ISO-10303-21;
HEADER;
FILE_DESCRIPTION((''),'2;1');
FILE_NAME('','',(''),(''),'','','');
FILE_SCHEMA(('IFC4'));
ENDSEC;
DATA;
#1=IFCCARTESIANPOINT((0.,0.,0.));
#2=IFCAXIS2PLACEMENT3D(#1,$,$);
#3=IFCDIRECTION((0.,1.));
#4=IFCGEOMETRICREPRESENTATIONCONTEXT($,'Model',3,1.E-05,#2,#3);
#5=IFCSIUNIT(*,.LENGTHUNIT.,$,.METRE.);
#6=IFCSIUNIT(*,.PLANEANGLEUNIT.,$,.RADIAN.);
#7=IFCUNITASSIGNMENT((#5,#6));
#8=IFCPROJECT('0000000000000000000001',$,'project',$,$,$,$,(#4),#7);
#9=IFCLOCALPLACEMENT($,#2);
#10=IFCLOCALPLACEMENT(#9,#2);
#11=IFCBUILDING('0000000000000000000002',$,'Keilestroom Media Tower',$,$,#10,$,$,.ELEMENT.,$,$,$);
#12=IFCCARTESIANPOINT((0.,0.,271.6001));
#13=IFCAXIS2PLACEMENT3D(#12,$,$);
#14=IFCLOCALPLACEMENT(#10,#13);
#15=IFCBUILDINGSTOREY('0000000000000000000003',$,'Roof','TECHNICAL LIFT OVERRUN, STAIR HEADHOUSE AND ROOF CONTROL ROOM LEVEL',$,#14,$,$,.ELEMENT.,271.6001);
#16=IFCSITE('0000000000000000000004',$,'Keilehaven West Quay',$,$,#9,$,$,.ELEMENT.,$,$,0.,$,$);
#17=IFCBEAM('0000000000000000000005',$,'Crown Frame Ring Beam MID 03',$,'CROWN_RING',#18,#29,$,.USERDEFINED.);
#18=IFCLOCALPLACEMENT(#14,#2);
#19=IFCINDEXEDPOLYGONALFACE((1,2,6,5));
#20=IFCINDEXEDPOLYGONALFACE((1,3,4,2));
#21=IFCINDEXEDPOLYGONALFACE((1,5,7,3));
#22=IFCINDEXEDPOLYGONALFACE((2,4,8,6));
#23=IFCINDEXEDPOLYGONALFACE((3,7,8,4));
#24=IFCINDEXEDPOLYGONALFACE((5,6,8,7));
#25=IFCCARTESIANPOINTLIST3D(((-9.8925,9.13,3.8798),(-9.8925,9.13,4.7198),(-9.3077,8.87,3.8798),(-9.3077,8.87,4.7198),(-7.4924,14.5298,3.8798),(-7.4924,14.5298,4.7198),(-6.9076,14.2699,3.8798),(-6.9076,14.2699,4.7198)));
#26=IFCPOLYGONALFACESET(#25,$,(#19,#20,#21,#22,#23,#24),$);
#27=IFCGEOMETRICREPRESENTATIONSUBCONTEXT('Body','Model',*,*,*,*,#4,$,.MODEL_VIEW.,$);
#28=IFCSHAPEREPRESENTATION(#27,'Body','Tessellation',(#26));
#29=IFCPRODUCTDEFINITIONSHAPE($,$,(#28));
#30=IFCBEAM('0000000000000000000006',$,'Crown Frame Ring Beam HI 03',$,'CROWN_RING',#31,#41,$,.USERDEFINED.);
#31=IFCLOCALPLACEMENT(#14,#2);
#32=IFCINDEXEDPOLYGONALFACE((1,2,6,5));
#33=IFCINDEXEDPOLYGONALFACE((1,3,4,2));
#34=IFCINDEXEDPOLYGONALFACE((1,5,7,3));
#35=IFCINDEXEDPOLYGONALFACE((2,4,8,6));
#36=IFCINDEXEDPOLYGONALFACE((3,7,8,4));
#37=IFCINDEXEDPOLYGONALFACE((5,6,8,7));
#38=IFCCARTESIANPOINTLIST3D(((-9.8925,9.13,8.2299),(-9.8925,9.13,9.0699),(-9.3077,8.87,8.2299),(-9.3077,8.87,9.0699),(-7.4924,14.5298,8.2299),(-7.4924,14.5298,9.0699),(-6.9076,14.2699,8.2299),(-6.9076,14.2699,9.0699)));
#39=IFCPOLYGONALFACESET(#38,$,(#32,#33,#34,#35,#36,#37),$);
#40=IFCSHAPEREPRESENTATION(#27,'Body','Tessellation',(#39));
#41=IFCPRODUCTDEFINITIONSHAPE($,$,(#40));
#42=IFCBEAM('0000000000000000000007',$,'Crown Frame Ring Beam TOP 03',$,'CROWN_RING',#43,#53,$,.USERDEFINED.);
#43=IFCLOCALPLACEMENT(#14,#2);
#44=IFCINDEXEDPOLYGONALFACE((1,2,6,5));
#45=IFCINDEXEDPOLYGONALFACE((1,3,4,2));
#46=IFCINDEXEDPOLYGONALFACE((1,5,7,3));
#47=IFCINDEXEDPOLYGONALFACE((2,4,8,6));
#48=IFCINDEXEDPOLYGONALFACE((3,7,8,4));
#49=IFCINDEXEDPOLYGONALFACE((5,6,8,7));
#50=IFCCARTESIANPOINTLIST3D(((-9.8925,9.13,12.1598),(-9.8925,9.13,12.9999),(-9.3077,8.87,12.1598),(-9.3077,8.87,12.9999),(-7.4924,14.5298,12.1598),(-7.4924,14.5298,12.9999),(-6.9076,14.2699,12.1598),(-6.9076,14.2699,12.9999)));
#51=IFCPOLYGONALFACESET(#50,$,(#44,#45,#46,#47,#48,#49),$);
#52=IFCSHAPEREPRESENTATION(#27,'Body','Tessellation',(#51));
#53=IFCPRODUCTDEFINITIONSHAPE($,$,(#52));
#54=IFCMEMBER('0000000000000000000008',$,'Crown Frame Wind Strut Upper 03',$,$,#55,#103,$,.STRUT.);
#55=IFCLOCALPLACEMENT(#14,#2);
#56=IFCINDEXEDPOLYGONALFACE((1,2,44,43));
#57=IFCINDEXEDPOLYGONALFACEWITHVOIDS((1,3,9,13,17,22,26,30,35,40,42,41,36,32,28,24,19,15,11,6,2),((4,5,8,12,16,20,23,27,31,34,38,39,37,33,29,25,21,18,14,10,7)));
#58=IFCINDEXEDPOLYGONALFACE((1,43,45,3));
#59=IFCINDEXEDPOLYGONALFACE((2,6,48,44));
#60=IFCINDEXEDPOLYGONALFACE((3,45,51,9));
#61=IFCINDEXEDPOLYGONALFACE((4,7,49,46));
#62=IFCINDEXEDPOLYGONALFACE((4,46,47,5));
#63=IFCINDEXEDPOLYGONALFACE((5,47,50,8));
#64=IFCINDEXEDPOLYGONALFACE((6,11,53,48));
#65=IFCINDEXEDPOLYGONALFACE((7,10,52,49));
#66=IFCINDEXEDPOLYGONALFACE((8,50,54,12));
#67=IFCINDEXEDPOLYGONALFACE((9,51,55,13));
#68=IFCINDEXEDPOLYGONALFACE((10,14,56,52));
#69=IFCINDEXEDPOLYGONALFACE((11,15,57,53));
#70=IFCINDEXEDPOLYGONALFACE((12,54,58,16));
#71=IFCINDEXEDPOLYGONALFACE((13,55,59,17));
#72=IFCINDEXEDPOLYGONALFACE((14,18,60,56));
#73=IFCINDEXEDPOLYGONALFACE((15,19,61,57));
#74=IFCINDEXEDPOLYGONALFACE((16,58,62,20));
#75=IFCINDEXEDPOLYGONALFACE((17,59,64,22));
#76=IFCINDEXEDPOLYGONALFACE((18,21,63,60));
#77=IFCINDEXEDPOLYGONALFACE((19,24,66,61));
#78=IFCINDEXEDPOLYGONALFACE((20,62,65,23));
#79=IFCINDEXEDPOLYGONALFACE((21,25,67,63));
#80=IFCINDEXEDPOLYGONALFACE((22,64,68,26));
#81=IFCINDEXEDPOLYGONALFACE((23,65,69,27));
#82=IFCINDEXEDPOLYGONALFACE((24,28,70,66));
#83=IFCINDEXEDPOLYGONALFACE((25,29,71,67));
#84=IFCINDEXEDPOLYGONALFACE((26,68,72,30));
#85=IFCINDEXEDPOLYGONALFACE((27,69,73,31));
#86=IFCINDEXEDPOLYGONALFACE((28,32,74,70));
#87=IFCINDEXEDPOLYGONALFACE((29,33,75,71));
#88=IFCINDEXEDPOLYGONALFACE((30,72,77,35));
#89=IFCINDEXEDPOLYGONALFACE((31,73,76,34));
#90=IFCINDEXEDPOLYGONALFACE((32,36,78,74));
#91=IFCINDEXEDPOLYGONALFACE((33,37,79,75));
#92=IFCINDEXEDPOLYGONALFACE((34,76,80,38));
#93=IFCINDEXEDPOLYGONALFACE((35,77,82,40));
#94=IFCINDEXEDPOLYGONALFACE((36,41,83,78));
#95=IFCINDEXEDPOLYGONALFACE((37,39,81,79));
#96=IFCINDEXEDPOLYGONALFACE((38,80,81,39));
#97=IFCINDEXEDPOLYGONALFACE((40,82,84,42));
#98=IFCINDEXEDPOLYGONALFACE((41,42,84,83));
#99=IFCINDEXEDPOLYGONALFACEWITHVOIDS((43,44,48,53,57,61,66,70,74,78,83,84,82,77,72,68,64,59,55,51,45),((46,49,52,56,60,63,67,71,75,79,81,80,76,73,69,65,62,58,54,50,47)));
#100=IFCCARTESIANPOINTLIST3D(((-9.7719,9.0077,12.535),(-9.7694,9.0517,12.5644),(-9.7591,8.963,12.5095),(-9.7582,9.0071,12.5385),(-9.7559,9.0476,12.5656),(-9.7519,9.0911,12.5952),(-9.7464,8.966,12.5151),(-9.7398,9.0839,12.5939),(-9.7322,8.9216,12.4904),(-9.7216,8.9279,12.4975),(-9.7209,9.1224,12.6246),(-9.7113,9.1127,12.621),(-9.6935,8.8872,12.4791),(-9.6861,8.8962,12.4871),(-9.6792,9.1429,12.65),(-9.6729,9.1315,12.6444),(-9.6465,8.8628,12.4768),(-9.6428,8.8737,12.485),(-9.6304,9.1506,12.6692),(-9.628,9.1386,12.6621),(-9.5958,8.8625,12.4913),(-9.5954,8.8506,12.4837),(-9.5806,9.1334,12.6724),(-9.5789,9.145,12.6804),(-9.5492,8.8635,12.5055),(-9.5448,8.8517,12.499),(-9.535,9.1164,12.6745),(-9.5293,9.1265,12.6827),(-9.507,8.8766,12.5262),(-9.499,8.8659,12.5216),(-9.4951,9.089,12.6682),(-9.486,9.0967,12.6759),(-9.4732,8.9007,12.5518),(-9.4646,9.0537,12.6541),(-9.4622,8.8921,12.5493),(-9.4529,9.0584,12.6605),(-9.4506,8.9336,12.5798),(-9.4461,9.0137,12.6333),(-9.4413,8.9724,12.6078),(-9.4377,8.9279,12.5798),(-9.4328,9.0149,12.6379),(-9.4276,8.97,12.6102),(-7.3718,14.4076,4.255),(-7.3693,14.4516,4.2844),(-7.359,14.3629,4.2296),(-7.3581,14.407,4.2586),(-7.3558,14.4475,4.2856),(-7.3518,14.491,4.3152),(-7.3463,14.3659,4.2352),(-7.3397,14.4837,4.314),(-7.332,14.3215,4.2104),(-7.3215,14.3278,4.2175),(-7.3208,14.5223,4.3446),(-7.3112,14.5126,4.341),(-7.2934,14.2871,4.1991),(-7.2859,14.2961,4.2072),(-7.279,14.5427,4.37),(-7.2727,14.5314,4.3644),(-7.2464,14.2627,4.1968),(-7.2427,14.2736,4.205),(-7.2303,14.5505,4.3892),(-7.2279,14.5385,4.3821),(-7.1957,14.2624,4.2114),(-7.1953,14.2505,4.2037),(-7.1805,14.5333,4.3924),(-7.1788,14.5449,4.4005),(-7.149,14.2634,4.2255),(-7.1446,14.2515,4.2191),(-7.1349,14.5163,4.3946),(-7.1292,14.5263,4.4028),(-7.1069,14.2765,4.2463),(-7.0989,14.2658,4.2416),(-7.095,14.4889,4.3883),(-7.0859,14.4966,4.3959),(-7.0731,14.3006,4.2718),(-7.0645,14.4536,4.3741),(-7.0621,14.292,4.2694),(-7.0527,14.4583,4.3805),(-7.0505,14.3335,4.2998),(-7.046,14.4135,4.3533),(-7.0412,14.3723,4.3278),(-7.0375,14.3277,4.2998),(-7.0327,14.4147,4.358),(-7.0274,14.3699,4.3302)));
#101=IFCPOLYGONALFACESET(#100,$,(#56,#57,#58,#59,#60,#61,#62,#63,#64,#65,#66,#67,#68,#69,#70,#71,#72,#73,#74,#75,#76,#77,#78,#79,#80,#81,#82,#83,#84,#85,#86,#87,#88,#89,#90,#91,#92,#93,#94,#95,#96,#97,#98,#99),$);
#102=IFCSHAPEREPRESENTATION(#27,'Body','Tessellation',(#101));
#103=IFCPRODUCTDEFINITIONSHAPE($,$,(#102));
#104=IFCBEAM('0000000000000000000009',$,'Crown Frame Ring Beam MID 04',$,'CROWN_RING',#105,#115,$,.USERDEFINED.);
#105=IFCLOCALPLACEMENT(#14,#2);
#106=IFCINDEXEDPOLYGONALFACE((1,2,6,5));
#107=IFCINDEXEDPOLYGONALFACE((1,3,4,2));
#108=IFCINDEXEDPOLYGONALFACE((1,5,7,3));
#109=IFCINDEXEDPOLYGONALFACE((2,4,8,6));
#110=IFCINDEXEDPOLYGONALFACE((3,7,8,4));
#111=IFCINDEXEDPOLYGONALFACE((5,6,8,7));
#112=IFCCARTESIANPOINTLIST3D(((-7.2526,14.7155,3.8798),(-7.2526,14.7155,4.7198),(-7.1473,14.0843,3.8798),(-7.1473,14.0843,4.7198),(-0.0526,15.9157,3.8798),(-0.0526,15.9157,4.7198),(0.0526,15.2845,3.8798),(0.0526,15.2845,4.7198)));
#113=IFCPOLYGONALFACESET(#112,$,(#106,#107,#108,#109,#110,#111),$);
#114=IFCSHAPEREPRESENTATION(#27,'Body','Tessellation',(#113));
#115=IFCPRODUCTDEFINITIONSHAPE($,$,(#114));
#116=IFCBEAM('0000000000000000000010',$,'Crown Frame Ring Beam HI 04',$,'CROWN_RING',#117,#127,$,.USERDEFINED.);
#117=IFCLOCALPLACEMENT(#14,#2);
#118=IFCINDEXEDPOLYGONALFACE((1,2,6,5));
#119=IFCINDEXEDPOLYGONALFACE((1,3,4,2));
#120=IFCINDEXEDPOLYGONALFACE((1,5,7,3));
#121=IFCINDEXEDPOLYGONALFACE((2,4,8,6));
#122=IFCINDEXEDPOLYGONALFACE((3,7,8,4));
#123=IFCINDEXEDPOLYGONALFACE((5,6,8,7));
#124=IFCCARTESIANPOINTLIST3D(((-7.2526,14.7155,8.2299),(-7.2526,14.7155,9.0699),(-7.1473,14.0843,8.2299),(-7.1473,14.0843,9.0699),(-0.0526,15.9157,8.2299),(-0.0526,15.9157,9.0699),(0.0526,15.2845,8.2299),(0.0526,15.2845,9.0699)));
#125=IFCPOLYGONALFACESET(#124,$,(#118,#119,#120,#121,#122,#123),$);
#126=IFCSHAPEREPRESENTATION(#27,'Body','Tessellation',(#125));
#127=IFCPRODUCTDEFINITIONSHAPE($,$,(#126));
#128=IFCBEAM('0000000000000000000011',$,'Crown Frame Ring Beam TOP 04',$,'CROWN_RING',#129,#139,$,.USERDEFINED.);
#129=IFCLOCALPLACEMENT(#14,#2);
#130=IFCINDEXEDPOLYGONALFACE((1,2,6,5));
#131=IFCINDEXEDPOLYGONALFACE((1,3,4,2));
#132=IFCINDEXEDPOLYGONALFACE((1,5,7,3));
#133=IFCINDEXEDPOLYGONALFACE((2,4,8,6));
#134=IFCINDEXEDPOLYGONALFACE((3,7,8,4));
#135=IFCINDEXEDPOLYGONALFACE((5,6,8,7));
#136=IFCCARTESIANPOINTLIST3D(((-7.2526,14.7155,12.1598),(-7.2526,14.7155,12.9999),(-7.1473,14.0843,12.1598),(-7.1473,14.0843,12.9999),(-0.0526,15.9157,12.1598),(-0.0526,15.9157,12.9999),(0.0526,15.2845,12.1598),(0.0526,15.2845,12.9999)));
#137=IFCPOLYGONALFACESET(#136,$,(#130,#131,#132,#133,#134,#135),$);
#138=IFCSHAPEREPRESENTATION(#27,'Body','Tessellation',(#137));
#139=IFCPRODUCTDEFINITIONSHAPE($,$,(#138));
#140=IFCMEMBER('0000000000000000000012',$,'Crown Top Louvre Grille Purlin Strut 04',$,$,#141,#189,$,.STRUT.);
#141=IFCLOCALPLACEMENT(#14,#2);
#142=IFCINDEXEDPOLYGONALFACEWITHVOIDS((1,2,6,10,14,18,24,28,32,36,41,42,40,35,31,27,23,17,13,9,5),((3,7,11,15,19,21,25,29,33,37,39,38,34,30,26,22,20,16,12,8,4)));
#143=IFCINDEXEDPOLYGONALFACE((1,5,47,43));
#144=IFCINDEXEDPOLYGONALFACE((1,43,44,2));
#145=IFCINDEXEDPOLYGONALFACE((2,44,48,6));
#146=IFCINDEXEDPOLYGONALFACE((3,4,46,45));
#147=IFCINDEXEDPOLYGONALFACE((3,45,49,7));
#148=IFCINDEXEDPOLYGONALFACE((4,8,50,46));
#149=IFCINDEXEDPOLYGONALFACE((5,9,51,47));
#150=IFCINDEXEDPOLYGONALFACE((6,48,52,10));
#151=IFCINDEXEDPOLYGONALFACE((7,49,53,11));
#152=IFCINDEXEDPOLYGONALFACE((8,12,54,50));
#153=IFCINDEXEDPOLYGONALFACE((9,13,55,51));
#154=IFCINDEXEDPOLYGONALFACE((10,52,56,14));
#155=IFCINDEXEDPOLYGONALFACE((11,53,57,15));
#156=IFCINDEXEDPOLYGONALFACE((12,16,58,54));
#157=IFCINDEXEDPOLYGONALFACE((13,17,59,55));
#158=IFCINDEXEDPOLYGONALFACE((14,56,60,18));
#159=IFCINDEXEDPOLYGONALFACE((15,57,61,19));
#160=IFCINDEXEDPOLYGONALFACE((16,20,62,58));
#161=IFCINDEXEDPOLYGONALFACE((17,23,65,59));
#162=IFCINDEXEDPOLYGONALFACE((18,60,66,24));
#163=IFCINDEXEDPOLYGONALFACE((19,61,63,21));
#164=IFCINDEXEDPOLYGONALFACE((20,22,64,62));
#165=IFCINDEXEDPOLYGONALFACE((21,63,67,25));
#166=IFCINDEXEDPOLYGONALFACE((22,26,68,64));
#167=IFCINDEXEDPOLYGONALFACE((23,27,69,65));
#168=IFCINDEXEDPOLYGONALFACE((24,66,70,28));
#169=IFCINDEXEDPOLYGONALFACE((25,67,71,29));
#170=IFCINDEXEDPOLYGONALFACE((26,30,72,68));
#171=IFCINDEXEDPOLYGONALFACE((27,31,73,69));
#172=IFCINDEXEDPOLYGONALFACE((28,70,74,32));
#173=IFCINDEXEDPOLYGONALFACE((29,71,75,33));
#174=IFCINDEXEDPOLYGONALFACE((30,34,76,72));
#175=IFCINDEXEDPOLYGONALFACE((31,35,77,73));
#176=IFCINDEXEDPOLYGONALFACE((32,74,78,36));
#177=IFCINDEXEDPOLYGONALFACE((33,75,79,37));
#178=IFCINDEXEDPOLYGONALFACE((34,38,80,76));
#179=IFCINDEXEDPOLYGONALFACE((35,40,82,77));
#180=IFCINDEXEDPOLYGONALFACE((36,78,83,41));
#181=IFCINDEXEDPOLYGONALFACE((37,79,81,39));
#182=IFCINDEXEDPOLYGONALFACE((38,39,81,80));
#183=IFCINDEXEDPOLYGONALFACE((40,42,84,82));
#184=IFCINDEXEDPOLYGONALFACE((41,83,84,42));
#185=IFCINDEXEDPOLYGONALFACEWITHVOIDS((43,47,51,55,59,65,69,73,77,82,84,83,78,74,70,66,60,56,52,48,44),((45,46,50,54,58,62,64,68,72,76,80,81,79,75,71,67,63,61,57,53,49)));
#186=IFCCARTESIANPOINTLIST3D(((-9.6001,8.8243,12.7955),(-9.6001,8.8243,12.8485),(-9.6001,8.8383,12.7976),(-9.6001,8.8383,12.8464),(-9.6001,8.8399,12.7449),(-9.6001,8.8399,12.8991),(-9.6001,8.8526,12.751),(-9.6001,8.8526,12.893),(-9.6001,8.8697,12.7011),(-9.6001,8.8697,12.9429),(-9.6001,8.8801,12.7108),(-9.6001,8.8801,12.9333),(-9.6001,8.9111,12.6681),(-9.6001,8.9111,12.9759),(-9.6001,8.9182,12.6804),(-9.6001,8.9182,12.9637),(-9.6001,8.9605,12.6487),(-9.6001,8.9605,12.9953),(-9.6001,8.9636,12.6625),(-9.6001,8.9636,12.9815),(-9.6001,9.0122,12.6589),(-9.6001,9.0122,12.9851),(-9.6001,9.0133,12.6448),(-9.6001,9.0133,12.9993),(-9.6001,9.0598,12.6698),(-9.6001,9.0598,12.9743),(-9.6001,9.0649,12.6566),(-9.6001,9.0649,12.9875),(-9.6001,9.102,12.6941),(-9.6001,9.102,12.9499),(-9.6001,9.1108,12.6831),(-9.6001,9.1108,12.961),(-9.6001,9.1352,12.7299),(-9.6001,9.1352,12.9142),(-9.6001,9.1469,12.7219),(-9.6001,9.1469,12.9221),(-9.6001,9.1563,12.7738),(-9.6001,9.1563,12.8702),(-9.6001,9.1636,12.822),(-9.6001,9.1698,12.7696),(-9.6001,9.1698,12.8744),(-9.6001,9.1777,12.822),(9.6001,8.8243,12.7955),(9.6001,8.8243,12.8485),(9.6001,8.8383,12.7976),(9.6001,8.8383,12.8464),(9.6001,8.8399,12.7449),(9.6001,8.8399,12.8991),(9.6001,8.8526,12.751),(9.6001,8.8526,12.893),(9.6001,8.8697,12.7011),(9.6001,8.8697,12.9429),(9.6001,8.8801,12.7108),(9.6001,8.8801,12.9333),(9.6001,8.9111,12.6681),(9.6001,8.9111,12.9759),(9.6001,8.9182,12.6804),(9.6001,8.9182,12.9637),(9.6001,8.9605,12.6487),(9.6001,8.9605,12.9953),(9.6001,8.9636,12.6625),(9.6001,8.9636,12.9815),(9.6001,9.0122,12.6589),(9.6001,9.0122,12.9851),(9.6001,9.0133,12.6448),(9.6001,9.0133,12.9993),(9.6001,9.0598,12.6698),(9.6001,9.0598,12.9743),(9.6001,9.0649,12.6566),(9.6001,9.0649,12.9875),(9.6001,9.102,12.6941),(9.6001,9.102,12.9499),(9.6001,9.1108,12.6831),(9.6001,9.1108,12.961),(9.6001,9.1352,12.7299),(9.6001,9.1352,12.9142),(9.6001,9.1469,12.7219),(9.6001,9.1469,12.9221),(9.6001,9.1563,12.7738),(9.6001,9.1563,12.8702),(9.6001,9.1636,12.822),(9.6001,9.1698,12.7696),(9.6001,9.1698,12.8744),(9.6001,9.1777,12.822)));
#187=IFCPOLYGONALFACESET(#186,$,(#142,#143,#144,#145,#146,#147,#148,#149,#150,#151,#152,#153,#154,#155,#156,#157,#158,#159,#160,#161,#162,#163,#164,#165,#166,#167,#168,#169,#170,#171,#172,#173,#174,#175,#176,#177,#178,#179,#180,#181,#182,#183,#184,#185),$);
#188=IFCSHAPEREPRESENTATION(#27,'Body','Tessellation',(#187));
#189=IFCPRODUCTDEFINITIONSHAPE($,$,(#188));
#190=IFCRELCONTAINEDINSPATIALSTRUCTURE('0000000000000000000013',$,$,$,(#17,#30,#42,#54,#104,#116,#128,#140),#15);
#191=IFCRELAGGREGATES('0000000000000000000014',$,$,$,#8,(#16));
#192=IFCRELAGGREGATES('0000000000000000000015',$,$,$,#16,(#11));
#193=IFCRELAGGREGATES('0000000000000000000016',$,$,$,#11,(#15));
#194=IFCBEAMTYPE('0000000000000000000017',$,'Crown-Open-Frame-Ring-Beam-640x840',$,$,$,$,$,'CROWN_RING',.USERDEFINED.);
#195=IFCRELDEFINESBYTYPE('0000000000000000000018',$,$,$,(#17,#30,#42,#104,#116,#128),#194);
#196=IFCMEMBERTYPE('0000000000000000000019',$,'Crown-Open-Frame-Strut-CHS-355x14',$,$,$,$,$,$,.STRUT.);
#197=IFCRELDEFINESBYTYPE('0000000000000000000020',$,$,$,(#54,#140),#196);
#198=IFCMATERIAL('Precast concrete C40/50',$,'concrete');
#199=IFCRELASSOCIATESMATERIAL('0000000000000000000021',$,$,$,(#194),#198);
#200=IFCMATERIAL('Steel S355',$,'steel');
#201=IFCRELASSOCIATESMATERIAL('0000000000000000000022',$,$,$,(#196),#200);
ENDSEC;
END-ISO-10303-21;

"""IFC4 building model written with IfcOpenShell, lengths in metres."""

from ifc_helpers import new_model, si_unit, direction, frame, origin, origin_2d, place, context, subcontext, project, spatial, rectangle, hollow_circle, extrude, source, transform, mapped, material, material_profile, profile_set, type_object, element, save


model = new_model("IFC4")

# Units and contexts
model_context = context("Model", 3, precision=1e-05, world=origin(), true_north=direction((0.0, 1.0)))
body_context = subcontext(model_context, "Body", "Model", "MODEL_VIEW")
ifc_project = project(units=[si_unit("LENGTHUNIT", "METRE"), si_unit("PLANEANGLEUNIT", "RADIAN")], contexts=[model_context])

# Site, building, storey
site_placement = place(None, origin())
site = spatial("IfcSite", under=ifc_project, at=site_placement, Name="Keilehaven West Quay", CompositionType="ELEMENT", RefElevation=0.0)
building_placement = place(site_placement, origin())
building = spatial("IfcBuilding", under=site, at=building_placement, Name="Keilestroom Media Tower", CompositionType="ELEMENT")
storey_placement = place(building_placement, frame((0.0, 0.0, 271.6001)))
storey = spatial("IfcBuildingStorey", under=building, at=storey_placement, Name="Roof", Description="TECHNICAL LIFT OVERRUN, STAIR HEADHOUSE AND ROOF CONTROL ROOM LEVEL", CompositionType="ELEMENT", Elevation=271.6001)

# Beams
ifc_material_1 = material(Name="Precast concrete C40/50", Category="concrete")
ifc_material_profile_1 = material_profile(ifc_material_1, rectangle(XDim=0.6399, YDim=0.8401, at=origin_2d()), Name="CF 640x840")
ifc_profile_set_1 = profile_set([ifc_material_profile_1], Name="Precast concrete C40/50")
beam_type_1 = type_object("IfcBeamType", Name="Crown-Open-Frame-Ring-Beam-640x840", ElementType="CROWN_RING", PredefinedType="USERDEFINED", material=ifc_profile_set_1)
shared_shape_1 = source(origin(), body_context, "Body", "SweptSolid", [
    extrude(rectangle(XDim=0.6399, YDim=0.8401, at=origin_2d()), origin(), (0.0, 0.0, 1.0), 5.9092),
])
for number, where, z_axis, x_axis, name in (
    (1, (-9.6001, 9.0, 4.2998), (0.406165, 0.9138, 0.0), (-0.9138, 0.406165, 0.0), "Crown Frame Ring Beam MID 03"),
    (2, (-9.6001, 9.0, 8.6499), (0.406165, 0.9138, 0.0), (-0.9138, 0.406165, 0.0), "Crown Frame Ring Beam HI 03"),
    (3, (-9.6001, 9.0, 12.5798), (0.406165, 0.9138, 0.0), (-0.9138, 0.406165, 0.0), "Crown Frame Ring Beam TOP 03"),
):
    element("IfcBeam", number, at=place(storey_placement, frame(where, z_axis=z_axis, x_axis=x_axis)), inside=storey, type_object=beam_type_1, Name=name, ObjectType="CROWN_RING", PredefinedType="USERDEFINED", context=body_context, shape_type="MappedRepresentation", body=[
        mapped(shared_shape_1, transform((0.0, 0.0, 0.0), x_axis=(1.0, 0.0, 0.0), y_axis=(0.0, 1.0, 0.0), z_axis=(0.0, 0.0, 1.0), scale=1.0)),
    ])

# Member
ifc_material_2 = material(Name="Steel S355", Category="steel")
ifc_material_profile_2 = material_profile(ifc_material_2, hollow_circle(Radius=0.1777, WallThickness=0.0142, at=origin_2d()), Name="CHS 355.6x14.2")
ifc_profile_set_2 = profile_set([ifc_material_profile_2], Name="Steel S355")
member_type_1 = type_object("IfcMemberType", Name="Crown-Open-Frame-Strut-CHS-355x14", PredefinedType="STRUT", material=ifc_profile_set_2)
shared_shape_2 = source(origin(), body_context, "Body", "SweptSolid", [
    extrude(hollow_circle(Radius=0.1777, WallThickness=0.0142, at=origin_2d()), origin(), (0.0, 0.0, 1.0), 10.1724),
])
member_1_placement = place(storey_placement, frame((-7.2, 14.3999, 4.2998), z_axis=(-0.235946, -0.530836, 0.813967), x_axis=(0.9138, -0.406165, 0.0)))
element("IfcMember", 4, at=member_1_placement, inside=storey, type_object=member_type_1, Name="Crown Frame Wind Strut Upper 03", PredefinedType="STRUT", context=body_context, shape_type="MappedRepresentation", body=[
    mapped(shared_shape_2, transform((0.0, 0.0, 0.0), x_axis=(1.0, 0.0, 0.0), y_axis=(0.0, 1.0, 0.0), z_axis=(0.0, 0.0, 1.0), scale=1.0)),
])

# Beams
shared_shape_3 = source(origin(), body_context, "Body", "SweptSolid", [
    extrude(rectangle(XDim=0.6399, YDim=0.8401, at=origin_2d()), origin(), (0.0, 0.0, 1.0), 7.2993),
])
for number, where, z_axis, x_axis, name in (
    (5, (-7.2, 14.3999, 4.2998), (0.986389, 0.164426, 0.0), (-0.164426, 0.986389, 0.0), "Crown Frame Ring Beam MID 04"),
    (6, (-7.2, 14.3999, 8.6499), (0.986389, 0.164426, 0.0), (-0.164426, 0.986389, 0.0), "Crown Frame Ring Beam HI 04"),
    (7, (-7.2, 14.3999, 12.5798), (0.986389, 0.164426, 0.0), (-0.164426, 0.986389, 0.0), "Crown Frame Ring Beam TOP 04"),
):
    element("IfcBeam", number, at=place(storey_placement, frame(where, z_axis=z_axis, x_axis=x_axis)), inside=storey, type_object=beam_type_1, Name=name, ObjectType="CROWN_RING", PredefinedType="USERDEFINED", context=body_context, shape_type="MappedRepresentation", body=[
        mapped(shared_shape_3, transform((0.0, 0.0, 0.0), x_axis=(1.0, 0.0, 0.0), y_axis=(0.0, 1.0, 0.0), z_axis=(0.0, 0.0, 1.0), scale=1.0)),
    ])

# Member
shared_shape_4 = source(origin(), body_context, "Body", "SweptSolid", [
    extrude(hollow_circle(Radius=0.1777, WallThickness=0.0142, at=origin_2d()), origin(), (0.0, 0.0, 1.0), 19.2002),
])
member_2_placement = place(storey_placement, frame((-9.6001, 9.0, 12.822), z_axis=(1.0, 0.0, 0.0), x_axis=(0.0, 1.0, 0.0)))
element("IfcMember", 8, at=member_2_placement, inside=storey, type_object=member_type_1, Name="Crown Top Louvre Grille Purlin Strut 04", PredefinedType="STRUT", context=body_context, shape_type="MappedRepresentation", body=[
    mapped(shared_shape_4, transform((0.0, 0.0, 0.0), x_axis=(1.0, 0.0, 0.0), y_axis=(0.0, 1.0, 0.0), z_axis=(0.0, 0.0, 1.0), scale=1.0)),
])

save(model, "model.ifc")
